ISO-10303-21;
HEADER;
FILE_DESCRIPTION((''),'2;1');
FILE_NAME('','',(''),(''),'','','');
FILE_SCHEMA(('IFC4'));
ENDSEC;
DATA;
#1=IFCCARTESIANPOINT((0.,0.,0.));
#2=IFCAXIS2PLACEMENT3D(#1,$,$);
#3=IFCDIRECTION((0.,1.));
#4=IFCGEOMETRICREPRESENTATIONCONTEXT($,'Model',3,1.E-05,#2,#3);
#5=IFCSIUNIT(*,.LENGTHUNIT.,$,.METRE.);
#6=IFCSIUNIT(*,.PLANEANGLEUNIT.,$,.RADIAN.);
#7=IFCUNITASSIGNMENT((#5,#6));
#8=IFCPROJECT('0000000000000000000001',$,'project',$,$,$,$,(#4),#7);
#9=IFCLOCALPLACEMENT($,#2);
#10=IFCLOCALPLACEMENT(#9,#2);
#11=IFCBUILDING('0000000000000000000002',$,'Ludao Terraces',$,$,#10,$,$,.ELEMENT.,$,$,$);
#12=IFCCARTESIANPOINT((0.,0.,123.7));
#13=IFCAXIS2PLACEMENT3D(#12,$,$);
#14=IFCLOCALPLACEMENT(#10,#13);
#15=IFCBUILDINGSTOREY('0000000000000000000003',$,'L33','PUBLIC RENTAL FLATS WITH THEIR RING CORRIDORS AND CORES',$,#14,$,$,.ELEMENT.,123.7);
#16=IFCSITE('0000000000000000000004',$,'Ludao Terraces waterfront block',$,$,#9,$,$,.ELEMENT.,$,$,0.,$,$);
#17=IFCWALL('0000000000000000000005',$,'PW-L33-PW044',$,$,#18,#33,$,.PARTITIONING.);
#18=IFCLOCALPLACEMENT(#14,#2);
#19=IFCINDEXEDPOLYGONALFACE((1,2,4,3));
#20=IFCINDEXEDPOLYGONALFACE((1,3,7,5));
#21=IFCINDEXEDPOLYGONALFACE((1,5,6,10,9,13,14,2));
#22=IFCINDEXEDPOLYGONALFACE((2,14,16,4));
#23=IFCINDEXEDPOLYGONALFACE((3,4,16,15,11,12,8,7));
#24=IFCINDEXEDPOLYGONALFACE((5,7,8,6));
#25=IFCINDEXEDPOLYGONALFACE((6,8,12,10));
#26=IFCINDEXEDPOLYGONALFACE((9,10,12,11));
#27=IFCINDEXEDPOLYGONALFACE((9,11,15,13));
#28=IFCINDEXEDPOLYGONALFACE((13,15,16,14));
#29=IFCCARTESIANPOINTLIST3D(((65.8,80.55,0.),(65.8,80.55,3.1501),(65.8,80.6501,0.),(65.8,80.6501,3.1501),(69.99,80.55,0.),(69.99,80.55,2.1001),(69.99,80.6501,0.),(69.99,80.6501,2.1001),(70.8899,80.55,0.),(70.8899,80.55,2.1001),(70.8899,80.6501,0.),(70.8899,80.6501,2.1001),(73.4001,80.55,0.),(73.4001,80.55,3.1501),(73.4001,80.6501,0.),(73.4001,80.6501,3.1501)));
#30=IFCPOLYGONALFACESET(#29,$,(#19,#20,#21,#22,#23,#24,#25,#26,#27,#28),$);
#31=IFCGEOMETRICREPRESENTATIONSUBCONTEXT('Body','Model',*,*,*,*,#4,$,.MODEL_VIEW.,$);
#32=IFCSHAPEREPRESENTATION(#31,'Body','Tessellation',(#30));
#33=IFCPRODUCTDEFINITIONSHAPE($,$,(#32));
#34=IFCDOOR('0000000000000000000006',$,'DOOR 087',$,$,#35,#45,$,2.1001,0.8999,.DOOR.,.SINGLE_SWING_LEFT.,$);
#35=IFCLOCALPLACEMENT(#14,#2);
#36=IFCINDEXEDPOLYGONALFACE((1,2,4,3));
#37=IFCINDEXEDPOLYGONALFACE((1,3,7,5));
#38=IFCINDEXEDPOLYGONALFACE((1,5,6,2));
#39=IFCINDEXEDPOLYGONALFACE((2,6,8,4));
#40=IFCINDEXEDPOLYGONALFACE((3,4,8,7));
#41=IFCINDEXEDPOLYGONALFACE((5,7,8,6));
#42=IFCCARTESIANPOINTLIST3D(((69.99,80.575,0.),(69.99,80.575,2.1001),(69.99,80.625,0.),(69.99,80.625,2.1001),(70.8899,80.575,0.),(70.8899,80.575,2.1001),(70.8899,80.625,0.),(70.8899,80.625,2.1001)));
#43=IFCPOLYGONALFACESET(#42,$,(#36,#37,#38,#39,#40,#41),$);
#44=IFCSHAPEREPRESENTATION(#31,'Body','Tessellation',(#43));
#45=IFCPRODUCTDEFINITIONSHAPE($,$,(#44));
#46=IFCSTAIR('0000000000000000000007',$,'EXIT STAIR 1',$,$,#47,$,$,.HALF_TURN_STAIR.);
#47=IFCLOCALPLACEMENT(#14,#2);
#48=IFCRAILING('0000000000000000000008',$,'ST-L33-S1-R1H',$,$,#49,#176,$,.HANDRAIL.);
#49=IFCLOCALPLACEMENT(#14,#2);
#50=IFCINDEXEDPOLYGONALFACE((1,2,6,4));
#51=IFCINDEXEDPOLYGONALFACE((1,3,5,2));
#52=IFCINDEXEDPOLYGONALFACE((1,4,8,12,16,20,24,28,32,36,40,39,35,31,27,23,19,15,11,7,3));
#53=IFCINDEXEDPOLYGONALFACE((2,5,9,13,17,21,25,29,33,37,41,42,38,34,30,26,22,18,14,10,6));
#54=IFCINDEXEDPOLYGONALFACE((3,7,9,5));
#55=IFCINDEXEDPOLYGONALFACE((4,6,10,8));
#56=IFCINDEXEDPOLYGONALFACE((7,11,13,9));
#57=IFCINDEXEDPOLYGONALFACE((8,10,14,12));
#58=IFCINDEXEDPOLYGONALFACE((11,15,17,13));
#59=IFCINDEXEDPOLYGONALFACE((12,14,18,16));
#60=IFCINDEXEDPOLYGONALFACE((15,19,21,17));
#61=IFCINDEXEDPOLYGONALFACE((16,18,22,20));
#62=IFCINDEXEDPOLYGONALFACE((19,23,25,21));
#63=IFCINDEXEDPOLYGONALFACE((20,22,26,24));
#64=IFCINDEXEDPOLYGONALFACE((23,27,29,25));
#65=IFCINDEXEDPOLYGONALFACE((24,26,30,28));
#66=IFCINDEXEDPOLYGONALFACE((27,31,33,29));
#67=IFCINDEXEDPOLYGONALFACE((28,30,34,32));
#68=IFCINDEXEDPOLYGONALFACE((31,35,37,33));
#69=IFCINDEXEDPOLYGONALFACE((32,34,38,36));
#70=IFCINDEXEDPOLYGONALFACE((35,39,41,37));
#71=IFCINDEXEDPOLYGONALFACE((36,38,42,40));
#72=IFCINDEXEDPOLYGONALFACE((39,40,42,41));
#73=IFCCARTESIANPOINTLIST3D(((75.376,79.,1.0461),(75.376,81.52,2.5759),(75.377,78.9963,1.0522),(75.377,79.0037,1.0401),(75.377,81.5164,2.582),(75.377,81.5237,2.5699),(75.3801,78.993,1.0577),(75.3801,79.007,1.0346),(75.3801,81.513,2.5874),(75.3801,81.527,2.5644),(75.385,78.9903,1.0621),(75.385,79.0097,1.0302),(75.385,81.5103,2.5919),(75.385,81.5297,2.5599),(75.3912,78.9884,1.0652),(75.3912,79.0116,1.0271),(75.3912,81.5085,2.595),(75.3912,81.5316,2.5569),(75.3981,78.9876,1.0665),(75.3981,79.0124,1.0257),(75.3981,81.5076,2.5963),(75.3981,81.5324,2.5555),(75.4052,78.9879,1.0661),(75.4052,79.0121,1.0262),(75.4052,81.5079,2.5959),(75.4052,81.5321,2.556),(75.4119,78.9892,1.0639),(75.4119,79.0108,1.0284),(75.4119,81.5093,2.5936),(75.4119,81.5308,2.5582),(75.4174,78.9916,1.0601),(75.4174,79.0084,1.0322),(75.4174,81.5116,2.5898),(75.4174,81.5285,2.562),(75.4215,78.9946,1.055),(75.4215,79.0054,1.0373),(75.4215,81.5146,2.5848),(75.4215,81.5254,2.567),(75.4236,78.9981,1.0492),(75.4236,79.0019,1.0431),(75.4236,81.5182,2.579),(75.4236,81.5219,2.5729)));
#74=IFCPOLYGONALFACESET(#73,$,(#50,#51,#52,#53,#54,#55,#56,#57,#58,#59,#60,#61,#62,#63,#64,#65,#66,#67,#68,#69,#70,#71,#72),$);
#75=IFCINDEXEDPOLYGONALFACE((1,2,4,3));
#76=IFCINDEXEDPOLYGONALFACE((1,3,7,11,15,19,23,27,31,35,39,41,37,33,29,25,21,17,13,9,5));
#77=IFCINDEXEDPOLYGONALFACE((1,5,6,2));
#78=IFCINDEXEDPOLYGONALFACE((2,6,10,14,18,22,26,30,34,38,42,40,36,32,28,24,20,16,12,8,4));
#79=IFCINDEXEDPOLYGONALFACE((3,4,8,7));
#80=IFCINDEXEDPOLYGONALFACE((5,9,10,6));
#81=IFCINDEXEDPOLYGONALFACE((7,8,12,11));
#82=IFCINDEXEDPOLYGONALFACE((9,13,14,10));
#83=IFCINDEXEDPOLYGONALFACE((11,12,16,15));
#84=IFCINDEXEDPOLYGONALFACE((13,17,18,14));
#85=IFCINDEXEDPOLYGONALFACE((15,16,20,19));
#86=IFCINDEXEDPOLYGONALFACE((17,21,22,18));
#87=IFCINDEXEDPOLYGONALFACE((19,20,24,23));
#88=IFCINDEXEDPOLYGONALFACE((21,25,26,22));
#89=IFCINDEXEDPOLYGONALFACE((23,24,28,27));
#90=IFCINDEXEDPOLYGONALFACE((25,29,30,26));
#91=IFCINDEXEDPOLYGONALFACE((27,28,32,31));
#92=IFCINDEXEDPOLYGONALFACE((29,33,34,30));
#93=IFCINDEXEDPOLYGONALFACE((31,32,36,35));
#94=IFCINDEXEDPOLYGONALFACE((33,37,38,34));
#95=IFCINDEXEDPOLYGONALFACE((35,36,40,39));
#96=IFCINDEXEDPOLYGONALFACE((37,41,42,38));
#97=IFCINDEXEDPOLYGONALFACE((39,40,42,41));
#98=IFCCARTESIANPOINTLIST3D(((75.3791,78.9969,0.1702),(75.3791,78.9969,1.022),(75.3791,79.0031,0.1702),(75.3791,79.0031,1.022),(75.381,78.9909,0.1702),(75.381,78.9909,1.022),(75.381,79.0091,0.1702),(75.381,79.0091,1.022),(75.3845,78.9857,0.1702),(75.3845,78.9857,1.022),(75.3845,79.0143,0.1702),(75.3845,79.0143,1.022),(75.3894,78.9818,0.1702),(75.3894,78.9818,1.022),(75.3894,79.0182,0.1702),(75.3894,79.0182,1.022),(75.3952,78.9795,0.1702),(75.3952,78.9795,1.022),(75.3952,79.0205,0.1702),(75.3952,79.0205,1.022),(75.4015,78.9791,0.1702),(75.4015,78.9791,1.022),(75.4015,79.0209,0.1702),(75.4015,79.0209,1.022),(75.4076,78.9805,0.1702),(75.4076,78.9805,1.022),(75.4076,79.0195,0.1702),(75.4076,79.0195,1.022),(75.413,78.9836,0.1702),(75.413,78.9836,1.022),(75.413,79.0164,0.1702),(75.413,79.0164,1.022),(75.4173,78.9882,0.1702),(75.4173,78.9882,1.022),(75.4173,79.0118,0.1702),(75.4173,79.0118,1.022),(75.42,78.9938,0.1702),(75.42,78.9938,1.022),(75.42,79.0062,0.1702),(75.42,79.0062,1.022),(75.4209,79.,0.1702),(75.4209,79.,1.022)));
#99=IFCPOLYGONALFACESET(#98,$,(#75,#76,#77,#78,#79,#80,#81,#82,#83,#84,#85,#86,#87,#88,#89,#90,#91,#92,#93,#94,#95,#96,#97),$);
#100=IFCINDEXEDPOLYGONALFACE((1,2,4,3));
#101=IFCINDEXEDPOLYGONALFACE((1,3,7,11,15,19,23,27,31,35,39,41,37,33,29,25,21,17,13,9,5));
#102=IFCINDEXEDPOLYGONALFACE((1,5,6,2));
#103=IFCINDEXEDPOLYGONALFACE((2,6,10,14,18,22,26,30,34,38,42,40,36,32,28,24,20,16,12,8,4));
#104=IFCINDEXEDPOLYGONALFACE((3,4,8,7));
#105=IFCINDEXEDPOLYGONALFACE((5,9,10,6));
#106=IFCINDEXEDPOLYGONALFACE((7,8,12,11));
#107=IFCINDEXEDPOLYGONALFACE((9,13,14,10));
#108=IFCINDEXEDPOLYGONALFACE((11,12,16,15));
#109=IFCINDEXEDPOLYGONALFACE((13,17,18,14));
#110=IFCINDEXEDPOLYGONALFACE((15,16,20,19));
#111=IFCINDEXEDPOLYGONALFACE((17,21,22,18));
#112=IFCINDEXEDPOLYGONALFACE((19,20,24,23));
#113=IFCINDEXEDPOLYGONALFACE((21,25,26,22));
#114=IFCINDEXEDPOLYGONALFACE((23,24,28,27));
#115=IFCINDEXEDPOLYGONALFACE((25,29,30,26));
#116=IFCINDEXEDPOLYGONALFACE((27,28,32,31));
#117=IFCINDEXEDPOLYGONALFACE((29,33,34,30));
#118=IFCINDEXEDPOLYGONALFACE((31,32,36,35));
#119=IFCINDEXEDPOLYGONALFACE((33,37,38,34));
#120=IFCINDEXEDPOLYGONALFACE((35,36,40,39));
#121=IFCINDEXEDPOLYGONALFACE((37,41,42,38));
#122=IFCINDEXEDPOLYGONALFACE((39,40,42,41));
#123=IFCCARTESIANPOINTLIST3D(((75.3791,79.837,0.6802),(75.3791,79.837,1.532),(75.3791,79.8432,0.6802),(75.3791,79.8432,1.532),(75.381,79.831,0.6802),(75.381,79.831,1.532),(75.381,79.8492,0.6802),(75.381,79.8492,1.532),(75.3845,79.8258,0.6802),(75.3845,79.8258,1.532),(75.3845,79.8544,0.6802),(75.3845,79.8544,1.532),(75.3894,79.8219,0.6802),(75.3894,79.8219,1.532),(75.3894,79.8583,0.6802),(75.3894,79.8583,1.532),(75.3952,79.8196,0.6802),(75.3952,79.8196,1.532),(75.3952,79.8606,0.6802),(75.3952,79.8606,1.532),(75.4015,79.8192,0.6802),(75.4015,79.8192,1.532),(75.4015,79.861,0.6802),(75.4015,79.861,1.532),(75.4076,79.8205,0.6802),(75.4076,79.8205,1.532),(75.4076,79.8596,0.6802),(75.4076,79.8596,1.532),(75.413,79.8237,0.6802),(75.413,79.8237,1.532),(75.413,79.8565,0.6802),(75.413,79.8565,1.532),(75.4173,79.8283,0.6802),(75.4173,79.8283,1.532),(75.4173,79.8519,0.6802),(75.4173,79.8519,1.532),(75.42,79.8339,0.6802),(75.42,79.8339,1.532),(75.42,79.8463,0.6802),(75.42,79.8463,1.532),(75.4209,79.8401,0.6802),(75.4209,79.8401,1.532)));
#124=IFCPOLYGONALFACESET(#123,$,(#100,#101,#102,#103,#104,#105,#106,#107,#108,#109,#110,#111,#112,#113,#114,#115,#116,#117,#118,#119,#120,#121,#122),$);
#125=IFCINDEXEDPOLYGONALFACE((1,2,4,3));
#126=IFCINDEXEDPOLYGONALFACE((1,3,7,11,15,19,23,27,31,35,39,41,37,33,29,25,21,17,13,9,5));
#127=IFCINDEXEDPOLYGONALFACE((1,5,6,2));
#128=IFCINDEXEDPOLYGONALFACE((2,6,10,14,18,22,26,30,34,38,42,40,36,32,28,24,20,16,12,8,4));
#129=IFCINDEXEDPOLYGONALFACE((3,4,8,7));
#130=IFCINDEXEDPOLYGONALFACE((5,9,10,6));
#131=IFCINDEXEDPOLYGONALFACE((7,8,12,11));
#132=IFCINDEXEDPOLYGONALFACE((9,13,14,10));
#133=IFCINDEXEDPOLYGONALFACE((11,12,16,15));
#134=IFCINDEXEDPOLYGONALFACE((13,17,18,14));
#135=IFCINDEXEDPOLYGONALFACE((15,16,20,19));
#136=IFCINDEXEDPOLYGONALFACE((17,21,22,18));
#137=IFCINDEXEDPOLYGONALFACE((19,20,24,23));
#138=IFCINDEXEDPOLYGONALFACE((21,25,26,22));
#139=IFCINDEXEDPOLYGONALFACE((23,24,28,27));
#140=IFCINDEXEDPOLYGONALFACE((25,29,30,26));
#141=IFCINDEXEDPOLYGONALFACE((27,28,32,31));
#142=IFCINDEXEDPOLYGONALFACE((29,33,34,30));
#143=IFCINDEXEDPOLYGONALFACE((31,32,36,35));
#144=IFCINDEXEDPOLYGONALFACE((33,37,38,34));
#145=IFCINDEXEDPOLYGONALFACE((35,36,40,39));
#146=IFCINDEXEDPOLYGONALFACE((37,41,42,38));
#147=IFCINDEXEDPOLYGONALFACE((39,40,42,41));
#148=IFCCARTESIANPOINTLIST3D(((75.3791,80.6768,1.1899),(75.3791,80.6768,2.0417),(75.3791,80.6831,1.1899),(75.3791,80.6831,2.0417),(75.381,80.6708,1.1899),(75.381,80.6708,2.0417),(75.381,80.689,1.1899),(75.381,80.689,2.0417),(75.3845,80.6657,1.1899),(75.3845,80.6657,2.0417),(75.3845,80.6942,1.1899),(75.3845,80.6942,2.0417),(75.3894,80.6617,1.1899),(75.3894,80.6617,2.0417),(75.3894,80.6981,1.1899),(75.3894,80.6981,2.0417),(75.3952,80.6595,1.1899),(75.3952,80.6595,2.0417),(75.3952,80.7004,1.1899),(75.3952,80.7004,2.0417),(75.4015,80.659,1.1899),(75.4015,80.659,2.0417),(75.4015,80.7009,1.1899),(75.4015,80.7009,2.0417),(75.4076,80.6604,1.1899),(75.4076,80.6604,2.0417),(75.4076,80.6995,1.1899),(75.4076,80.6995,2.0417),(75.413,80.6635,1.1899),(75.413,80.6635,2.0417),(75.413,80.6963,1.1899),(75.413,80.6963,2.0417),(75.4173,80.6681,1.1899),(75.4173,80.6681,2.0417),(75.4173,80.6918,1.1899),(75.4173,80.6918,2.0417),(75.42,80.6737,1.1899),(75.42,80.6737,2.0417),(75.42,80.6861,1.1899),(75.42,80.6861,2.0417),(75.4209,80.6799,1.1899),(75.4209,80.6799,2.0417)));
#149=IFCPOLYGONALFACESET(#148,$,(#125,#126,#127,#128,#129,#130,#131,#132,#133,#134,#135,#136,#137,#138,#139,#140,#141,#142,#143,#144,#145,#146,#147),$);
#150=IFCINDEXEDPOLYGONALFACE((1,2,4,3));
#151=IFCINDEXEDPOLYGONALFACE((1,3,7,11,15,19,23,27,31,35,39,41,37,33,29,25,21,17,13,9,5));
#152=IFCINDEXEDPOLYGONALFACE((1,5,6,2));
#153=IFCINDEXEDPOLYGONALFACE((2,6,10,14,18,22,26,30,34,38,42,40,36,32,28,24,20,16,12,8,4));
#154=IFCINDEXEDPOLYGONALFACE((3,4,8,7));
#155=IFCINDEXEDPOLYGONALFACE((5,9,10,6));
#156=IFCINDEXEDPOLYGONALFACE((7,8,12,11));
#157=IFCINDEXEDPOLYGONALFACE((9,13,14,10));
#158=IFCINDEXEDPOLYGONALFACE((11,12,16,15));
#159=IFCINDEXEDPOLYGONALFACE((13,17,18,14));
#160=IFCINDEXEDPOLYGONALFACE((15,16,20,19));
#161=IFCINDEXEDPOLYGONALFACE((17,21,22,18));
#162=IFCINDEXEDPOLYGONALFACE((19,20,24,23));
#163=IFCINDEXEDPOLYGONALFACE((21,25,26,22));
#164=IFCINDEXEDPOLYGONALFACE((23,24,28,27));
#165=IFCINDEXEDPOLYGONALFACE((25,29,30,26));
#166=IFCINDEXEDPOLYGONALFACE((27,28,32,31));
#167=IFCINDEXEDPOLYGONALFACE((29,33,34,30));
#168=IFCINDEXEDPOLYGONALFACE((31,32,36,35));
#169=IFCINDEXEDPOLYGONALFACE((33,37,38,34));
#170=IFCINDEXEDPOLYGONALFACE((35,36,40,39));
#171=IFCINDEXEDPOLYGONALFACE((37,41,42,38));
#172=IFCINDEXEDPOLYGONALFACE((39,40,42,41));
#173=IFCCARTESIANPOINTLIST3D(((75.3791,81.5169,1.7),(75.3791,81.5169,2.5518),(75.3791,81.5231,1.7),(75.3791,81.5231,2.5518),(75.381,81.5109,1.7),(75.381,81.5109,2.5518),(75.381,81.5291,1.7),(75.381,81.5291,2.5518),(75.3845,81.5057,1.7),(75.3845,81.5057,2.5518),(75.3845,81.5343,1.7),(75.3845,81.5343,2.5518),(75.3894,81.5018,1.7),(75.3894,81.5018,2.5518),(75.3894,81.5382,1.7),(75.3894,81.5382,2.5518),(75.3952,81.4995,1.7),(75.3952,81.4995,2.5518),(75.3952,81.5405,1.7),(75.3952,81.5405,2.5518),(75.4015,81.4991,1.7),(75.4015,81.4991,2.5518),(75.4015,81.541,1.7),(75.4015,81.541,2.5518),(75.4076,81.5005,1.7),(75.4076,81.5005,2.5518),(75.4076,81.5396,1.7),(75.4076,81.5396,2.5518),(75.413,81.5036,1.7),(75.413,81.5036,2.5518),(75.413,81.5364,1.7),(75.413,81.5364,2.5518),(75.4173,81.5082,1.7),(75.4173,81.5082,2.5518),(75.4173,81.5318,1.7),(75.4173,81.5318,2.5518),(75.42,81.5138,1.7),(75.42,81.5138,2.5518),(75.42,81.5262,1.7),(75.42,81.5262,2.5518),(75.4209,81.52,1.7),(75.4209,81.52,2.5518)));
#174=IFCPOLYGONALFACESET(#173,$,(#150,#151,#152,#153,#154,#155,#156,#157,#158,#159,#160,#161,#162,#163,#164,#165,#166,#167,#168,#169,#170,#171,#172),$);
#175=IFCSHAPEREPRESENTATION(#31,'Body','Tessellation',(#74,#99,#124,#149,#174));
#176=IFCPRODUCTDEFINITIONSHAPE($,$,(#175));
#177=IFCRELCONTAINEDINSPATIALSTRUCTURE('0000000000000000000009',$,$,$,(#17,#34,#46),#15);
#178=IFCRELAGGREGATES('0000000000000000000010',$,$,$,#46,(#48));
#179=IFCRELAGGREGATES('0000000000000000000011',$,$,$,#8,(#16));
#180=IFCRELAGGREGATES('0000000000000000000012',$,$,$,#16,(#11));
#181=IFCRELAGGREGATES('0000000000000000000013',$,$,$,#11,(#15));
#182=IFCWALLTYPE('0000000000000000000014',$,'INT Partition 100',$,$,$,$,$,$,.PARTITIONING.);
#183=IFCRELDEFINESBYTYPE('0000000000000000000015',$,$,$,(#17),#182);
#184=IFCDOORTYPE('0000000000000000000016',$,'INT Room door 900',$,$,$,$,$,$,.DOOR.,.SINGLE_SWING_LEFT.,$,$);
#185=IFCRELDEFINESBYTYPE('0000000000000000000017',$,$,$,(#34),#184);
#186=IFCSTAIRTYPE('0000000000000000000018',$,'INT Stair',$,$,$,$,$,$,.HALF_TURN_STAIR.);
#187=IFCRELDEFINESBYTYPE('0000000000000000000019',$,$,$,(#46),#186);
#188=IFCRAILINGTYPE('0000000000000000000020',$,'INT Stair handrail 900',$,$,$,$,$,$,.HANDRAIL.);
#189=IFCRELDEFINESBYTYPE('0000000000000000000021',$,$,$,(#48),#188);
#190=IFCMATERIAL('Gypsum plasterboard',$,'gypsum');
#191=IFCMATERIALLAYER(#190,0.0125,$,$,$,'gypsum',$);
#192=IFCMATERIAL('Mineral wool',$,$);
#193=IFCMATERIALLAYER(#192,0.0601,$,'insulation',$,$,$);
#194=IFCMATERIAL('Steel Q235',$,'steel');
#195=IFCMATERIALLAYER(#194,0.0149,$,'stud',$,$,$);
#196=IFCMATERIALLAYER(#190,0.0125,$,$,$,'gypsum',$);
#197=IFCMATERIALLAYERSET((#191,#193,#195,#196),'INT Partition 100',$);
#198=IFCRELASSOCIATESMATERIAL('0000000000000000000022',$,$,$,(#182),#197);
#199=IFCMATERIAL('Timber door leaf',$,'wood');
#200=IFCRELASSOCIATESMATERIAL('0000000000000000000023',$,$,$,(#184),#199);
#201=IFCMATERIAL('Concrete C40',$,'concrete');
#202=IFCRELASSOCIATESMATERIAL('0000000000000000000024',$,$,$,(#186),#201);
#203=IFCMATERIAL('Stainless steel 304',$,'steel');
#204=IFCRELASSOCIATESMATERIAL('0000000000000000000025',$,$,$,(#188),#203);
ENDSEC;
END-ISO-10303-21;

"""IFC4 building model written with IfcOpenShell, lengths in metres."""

from ifc_helpers import new_model, si_unit, direction, frame, frame_2d, origin, origin_2d, place, context, subcontext, project, spatial, rectangle, circle, extrude, material, layer, layer_set, type_object, element, fill, aggregate, save


model = new_model("IFC4")

# Units and contexts
model_context = context("Model", 3, precision=1e-05, world=origin(), true_north=direction((0.0, 1.0)))
body_context = subcontext(model_context, "Body", "Model", "MODEL_VIEW")
ifc_project = project(units=[si_unit("LENGTHUNIT", "METRE"), si_unit("PLANEANGLEUNIT", "RADIAN")], contexts=[model_context])

# Site, building, storey
site_placement = place(None, origin())
site = spatial("IfcSite", under=ifc_project, at=site_placement, Name="Ludao Terraces waterfront block", CompositionType="ELEMENT", RefElevation=0.0)
building_placement = place(site_placement, origin())
building = spatial("IfcBuilding", under=site, at=building_placement, Name="Ludao Terraces", CompositionType="ELEMENT")
storey_placement = place(building_placement, frame((0.0, 0.0, 123.7)))
storey = spatial("IfcBuildingStorey", under=building, at=storey_placement, Name="L33", Description="PUBLIC RENTAL FLATS WITH THEIR RING CORRIDORS AND CORES", CompositionType="ELEMENT", Elevation=123.7)

# Shared definitions
ifc_material_1 = material(Name="Concrete C40", Category="concrete")

# Shared definitions
ifc_material_2 = material(Name="Steel Q235", Category="steel")

# Shared definitions
ifc_material_3 = material(Name="Mineral wool")

# Shared definitions
ifc_material_4 = material(Name="Gypsum plasterboard", Category="gypsum")
ifc_layer_1 = layer(ifc_material_4, 0.0125, Category="gypsum")
ifc_layer_2 = layer(ifc_material_3, 0.0601, Name="insulation")
ifc_layer_3 = layer(ifc_material_2, 0.0149, Name="stud")
ifc_layer_4 = layer(ifc_material_4, 0.0125, Category="gypsum")
ifc_layer_set_1 = layer_set([ifc_layer_1, ifc_layer_2, ifc_layer_3, ifc_layer_4], Name="INT Partition 100")
wall_type_1 = type_object("IfcWallType", Name="INT Partition 100", PredefinedType="PARTITIONING", material=ifc_layer_set_1)

# Wall, opening, door
wall_1_placement = place(storey_placement, frame((65.8, 80.6001, 0.0), z_axis=(0.0, 0.0, 1.0), x_axis=(1.0, 0.0, 0.0)))
wall_1 = element("IfcWall", 1, at=wall_1_placement, inside=storey, type_object=wall_type_1, Name="PW-L33-PW044", PredefinedType="PARTITIONING", context=body_context, shape_type="SweptSolid", body=[
    extrude(rectangle(XDim=7.6001, YDim=0.1001, at=frame_2d((3.8, 0.0))), origin(), (0.0, 0.0, 1.0), 3.1501),
])
opening_1_placement = place(wall_1_placement, frame((4.1899, 0.0, 0.0)))
opening_1 = element("IfcOpeningElement", 2, at=opening_1_placement, cuts=wall_1, PredefinedType="OPENING", context=body_context, shape_type="SweptSolid", body=[
    extrude(rectangle(XDim=0.8999, YDim=2.1001, at=frame_2d((0.45, 1.05))), frame((0.0, 0.0601, 0.0), z_axis=(0.0, -1.0, 0.0), x_axis=(1.0, 0.0, 0.0)), (0.0, 0.0, 1.0), 0.1201),
])
ifc_material_5 = material(Name="Timber door leaf", Category="wood")
door_type_1 = type_object("IfcDoorType", Name="INT Room door 900", OperationType="SINGLE_SWING_LEFT", PredefinedType="DOOR", material=ifc_material_5)
door_1_placement = place(opening_1_placement, origin())
door_1 = element("IfcDoor", 3, at=door_1_placement, inside=storey, type_object=door_type_1, Name="DOOR 087", OperationType="SINGLE_SWING_LEFT", OverallHeight=2.1001, OverallWidth=0.8999, PredefinedType="DOOR", context=body_context, shape_type="SweptSolid", body=[
    extrude(rectangle(XDim=0.8999, YDim=2.1001, at=frame_2d((0.45, 1.05))), frame((0.0, 0.0249, 0.0), z_axis=(0.0, -1.0, 0.0), x_axis=(1.0, 0.0, 0.0)), (0.0, 0.0, 1.0), 0.05),
])
fill(opening_1, door_1)

# Stair, railing
stair_type = type_object("IfcStairType", Name="INT Stair", PredefinedType="HALF_TURN_STAIR", material=ifc_material_1)
stair_placement = place(storey_placement, origin())
stair = element("IfcStair", 4, at=stair_placement, inside=storey, type_object=stair_type, Name="EXIT STAIR 1", PredefinedType="HALF_TURN_STAIR")
ifc_material_6 = material(Name="Stainless steel 304", Category="steel")
railing_type = type_object("IfcRailingType", Name="INT Stair handrail 900", PredefinedType="HANDRAIL", material=ifc_material_6)
railing_placement = place(storey_placement, frame((75.3999, 79.0, 0.1702)))
railing = element("IfcRailing", 5, at=railing_placement, type_object=railing_type, Name="ST-L33-S1-R1H", PredefinedType="HANDRAIL", context=body_context, shape_type="SweptSolid", body=[
    extrude(circle(Radius=0.0239, at=origin_2d()), frame((0.0, 0.0, 0.876), z_axis=(0.0, 0.854822, 0.518922), x_axis=(-1.0, 0.0, 0.0)), (0.0, 0.0, 1.0), 2.948),
    extrude(circle(Radius=0.021, at=origin_2d()), origin(), (0.0, 0.0, 1.0), 0.8518),
    extrude(circle(Radius=0.021, at=origin_2d()), frame((0.0, 0.8401, 0.51)), (0.0, 0.0, 1.0), 0.8518),
    extrude(circle(Radius=0.021, at=origin_2d()), frame((0.0, 1.6799, 1.0198)), (0.0, 0.0, 1.0), 0.8518),
    extrude(circle(Radius=0.021, at=origin_2d()), frame((0.0, 2.52, 1.5298)), (0.0, 0.0, 1.0), 0.8518),
])
aggregate(stair, [railing])

save(model, "model.ifc")
